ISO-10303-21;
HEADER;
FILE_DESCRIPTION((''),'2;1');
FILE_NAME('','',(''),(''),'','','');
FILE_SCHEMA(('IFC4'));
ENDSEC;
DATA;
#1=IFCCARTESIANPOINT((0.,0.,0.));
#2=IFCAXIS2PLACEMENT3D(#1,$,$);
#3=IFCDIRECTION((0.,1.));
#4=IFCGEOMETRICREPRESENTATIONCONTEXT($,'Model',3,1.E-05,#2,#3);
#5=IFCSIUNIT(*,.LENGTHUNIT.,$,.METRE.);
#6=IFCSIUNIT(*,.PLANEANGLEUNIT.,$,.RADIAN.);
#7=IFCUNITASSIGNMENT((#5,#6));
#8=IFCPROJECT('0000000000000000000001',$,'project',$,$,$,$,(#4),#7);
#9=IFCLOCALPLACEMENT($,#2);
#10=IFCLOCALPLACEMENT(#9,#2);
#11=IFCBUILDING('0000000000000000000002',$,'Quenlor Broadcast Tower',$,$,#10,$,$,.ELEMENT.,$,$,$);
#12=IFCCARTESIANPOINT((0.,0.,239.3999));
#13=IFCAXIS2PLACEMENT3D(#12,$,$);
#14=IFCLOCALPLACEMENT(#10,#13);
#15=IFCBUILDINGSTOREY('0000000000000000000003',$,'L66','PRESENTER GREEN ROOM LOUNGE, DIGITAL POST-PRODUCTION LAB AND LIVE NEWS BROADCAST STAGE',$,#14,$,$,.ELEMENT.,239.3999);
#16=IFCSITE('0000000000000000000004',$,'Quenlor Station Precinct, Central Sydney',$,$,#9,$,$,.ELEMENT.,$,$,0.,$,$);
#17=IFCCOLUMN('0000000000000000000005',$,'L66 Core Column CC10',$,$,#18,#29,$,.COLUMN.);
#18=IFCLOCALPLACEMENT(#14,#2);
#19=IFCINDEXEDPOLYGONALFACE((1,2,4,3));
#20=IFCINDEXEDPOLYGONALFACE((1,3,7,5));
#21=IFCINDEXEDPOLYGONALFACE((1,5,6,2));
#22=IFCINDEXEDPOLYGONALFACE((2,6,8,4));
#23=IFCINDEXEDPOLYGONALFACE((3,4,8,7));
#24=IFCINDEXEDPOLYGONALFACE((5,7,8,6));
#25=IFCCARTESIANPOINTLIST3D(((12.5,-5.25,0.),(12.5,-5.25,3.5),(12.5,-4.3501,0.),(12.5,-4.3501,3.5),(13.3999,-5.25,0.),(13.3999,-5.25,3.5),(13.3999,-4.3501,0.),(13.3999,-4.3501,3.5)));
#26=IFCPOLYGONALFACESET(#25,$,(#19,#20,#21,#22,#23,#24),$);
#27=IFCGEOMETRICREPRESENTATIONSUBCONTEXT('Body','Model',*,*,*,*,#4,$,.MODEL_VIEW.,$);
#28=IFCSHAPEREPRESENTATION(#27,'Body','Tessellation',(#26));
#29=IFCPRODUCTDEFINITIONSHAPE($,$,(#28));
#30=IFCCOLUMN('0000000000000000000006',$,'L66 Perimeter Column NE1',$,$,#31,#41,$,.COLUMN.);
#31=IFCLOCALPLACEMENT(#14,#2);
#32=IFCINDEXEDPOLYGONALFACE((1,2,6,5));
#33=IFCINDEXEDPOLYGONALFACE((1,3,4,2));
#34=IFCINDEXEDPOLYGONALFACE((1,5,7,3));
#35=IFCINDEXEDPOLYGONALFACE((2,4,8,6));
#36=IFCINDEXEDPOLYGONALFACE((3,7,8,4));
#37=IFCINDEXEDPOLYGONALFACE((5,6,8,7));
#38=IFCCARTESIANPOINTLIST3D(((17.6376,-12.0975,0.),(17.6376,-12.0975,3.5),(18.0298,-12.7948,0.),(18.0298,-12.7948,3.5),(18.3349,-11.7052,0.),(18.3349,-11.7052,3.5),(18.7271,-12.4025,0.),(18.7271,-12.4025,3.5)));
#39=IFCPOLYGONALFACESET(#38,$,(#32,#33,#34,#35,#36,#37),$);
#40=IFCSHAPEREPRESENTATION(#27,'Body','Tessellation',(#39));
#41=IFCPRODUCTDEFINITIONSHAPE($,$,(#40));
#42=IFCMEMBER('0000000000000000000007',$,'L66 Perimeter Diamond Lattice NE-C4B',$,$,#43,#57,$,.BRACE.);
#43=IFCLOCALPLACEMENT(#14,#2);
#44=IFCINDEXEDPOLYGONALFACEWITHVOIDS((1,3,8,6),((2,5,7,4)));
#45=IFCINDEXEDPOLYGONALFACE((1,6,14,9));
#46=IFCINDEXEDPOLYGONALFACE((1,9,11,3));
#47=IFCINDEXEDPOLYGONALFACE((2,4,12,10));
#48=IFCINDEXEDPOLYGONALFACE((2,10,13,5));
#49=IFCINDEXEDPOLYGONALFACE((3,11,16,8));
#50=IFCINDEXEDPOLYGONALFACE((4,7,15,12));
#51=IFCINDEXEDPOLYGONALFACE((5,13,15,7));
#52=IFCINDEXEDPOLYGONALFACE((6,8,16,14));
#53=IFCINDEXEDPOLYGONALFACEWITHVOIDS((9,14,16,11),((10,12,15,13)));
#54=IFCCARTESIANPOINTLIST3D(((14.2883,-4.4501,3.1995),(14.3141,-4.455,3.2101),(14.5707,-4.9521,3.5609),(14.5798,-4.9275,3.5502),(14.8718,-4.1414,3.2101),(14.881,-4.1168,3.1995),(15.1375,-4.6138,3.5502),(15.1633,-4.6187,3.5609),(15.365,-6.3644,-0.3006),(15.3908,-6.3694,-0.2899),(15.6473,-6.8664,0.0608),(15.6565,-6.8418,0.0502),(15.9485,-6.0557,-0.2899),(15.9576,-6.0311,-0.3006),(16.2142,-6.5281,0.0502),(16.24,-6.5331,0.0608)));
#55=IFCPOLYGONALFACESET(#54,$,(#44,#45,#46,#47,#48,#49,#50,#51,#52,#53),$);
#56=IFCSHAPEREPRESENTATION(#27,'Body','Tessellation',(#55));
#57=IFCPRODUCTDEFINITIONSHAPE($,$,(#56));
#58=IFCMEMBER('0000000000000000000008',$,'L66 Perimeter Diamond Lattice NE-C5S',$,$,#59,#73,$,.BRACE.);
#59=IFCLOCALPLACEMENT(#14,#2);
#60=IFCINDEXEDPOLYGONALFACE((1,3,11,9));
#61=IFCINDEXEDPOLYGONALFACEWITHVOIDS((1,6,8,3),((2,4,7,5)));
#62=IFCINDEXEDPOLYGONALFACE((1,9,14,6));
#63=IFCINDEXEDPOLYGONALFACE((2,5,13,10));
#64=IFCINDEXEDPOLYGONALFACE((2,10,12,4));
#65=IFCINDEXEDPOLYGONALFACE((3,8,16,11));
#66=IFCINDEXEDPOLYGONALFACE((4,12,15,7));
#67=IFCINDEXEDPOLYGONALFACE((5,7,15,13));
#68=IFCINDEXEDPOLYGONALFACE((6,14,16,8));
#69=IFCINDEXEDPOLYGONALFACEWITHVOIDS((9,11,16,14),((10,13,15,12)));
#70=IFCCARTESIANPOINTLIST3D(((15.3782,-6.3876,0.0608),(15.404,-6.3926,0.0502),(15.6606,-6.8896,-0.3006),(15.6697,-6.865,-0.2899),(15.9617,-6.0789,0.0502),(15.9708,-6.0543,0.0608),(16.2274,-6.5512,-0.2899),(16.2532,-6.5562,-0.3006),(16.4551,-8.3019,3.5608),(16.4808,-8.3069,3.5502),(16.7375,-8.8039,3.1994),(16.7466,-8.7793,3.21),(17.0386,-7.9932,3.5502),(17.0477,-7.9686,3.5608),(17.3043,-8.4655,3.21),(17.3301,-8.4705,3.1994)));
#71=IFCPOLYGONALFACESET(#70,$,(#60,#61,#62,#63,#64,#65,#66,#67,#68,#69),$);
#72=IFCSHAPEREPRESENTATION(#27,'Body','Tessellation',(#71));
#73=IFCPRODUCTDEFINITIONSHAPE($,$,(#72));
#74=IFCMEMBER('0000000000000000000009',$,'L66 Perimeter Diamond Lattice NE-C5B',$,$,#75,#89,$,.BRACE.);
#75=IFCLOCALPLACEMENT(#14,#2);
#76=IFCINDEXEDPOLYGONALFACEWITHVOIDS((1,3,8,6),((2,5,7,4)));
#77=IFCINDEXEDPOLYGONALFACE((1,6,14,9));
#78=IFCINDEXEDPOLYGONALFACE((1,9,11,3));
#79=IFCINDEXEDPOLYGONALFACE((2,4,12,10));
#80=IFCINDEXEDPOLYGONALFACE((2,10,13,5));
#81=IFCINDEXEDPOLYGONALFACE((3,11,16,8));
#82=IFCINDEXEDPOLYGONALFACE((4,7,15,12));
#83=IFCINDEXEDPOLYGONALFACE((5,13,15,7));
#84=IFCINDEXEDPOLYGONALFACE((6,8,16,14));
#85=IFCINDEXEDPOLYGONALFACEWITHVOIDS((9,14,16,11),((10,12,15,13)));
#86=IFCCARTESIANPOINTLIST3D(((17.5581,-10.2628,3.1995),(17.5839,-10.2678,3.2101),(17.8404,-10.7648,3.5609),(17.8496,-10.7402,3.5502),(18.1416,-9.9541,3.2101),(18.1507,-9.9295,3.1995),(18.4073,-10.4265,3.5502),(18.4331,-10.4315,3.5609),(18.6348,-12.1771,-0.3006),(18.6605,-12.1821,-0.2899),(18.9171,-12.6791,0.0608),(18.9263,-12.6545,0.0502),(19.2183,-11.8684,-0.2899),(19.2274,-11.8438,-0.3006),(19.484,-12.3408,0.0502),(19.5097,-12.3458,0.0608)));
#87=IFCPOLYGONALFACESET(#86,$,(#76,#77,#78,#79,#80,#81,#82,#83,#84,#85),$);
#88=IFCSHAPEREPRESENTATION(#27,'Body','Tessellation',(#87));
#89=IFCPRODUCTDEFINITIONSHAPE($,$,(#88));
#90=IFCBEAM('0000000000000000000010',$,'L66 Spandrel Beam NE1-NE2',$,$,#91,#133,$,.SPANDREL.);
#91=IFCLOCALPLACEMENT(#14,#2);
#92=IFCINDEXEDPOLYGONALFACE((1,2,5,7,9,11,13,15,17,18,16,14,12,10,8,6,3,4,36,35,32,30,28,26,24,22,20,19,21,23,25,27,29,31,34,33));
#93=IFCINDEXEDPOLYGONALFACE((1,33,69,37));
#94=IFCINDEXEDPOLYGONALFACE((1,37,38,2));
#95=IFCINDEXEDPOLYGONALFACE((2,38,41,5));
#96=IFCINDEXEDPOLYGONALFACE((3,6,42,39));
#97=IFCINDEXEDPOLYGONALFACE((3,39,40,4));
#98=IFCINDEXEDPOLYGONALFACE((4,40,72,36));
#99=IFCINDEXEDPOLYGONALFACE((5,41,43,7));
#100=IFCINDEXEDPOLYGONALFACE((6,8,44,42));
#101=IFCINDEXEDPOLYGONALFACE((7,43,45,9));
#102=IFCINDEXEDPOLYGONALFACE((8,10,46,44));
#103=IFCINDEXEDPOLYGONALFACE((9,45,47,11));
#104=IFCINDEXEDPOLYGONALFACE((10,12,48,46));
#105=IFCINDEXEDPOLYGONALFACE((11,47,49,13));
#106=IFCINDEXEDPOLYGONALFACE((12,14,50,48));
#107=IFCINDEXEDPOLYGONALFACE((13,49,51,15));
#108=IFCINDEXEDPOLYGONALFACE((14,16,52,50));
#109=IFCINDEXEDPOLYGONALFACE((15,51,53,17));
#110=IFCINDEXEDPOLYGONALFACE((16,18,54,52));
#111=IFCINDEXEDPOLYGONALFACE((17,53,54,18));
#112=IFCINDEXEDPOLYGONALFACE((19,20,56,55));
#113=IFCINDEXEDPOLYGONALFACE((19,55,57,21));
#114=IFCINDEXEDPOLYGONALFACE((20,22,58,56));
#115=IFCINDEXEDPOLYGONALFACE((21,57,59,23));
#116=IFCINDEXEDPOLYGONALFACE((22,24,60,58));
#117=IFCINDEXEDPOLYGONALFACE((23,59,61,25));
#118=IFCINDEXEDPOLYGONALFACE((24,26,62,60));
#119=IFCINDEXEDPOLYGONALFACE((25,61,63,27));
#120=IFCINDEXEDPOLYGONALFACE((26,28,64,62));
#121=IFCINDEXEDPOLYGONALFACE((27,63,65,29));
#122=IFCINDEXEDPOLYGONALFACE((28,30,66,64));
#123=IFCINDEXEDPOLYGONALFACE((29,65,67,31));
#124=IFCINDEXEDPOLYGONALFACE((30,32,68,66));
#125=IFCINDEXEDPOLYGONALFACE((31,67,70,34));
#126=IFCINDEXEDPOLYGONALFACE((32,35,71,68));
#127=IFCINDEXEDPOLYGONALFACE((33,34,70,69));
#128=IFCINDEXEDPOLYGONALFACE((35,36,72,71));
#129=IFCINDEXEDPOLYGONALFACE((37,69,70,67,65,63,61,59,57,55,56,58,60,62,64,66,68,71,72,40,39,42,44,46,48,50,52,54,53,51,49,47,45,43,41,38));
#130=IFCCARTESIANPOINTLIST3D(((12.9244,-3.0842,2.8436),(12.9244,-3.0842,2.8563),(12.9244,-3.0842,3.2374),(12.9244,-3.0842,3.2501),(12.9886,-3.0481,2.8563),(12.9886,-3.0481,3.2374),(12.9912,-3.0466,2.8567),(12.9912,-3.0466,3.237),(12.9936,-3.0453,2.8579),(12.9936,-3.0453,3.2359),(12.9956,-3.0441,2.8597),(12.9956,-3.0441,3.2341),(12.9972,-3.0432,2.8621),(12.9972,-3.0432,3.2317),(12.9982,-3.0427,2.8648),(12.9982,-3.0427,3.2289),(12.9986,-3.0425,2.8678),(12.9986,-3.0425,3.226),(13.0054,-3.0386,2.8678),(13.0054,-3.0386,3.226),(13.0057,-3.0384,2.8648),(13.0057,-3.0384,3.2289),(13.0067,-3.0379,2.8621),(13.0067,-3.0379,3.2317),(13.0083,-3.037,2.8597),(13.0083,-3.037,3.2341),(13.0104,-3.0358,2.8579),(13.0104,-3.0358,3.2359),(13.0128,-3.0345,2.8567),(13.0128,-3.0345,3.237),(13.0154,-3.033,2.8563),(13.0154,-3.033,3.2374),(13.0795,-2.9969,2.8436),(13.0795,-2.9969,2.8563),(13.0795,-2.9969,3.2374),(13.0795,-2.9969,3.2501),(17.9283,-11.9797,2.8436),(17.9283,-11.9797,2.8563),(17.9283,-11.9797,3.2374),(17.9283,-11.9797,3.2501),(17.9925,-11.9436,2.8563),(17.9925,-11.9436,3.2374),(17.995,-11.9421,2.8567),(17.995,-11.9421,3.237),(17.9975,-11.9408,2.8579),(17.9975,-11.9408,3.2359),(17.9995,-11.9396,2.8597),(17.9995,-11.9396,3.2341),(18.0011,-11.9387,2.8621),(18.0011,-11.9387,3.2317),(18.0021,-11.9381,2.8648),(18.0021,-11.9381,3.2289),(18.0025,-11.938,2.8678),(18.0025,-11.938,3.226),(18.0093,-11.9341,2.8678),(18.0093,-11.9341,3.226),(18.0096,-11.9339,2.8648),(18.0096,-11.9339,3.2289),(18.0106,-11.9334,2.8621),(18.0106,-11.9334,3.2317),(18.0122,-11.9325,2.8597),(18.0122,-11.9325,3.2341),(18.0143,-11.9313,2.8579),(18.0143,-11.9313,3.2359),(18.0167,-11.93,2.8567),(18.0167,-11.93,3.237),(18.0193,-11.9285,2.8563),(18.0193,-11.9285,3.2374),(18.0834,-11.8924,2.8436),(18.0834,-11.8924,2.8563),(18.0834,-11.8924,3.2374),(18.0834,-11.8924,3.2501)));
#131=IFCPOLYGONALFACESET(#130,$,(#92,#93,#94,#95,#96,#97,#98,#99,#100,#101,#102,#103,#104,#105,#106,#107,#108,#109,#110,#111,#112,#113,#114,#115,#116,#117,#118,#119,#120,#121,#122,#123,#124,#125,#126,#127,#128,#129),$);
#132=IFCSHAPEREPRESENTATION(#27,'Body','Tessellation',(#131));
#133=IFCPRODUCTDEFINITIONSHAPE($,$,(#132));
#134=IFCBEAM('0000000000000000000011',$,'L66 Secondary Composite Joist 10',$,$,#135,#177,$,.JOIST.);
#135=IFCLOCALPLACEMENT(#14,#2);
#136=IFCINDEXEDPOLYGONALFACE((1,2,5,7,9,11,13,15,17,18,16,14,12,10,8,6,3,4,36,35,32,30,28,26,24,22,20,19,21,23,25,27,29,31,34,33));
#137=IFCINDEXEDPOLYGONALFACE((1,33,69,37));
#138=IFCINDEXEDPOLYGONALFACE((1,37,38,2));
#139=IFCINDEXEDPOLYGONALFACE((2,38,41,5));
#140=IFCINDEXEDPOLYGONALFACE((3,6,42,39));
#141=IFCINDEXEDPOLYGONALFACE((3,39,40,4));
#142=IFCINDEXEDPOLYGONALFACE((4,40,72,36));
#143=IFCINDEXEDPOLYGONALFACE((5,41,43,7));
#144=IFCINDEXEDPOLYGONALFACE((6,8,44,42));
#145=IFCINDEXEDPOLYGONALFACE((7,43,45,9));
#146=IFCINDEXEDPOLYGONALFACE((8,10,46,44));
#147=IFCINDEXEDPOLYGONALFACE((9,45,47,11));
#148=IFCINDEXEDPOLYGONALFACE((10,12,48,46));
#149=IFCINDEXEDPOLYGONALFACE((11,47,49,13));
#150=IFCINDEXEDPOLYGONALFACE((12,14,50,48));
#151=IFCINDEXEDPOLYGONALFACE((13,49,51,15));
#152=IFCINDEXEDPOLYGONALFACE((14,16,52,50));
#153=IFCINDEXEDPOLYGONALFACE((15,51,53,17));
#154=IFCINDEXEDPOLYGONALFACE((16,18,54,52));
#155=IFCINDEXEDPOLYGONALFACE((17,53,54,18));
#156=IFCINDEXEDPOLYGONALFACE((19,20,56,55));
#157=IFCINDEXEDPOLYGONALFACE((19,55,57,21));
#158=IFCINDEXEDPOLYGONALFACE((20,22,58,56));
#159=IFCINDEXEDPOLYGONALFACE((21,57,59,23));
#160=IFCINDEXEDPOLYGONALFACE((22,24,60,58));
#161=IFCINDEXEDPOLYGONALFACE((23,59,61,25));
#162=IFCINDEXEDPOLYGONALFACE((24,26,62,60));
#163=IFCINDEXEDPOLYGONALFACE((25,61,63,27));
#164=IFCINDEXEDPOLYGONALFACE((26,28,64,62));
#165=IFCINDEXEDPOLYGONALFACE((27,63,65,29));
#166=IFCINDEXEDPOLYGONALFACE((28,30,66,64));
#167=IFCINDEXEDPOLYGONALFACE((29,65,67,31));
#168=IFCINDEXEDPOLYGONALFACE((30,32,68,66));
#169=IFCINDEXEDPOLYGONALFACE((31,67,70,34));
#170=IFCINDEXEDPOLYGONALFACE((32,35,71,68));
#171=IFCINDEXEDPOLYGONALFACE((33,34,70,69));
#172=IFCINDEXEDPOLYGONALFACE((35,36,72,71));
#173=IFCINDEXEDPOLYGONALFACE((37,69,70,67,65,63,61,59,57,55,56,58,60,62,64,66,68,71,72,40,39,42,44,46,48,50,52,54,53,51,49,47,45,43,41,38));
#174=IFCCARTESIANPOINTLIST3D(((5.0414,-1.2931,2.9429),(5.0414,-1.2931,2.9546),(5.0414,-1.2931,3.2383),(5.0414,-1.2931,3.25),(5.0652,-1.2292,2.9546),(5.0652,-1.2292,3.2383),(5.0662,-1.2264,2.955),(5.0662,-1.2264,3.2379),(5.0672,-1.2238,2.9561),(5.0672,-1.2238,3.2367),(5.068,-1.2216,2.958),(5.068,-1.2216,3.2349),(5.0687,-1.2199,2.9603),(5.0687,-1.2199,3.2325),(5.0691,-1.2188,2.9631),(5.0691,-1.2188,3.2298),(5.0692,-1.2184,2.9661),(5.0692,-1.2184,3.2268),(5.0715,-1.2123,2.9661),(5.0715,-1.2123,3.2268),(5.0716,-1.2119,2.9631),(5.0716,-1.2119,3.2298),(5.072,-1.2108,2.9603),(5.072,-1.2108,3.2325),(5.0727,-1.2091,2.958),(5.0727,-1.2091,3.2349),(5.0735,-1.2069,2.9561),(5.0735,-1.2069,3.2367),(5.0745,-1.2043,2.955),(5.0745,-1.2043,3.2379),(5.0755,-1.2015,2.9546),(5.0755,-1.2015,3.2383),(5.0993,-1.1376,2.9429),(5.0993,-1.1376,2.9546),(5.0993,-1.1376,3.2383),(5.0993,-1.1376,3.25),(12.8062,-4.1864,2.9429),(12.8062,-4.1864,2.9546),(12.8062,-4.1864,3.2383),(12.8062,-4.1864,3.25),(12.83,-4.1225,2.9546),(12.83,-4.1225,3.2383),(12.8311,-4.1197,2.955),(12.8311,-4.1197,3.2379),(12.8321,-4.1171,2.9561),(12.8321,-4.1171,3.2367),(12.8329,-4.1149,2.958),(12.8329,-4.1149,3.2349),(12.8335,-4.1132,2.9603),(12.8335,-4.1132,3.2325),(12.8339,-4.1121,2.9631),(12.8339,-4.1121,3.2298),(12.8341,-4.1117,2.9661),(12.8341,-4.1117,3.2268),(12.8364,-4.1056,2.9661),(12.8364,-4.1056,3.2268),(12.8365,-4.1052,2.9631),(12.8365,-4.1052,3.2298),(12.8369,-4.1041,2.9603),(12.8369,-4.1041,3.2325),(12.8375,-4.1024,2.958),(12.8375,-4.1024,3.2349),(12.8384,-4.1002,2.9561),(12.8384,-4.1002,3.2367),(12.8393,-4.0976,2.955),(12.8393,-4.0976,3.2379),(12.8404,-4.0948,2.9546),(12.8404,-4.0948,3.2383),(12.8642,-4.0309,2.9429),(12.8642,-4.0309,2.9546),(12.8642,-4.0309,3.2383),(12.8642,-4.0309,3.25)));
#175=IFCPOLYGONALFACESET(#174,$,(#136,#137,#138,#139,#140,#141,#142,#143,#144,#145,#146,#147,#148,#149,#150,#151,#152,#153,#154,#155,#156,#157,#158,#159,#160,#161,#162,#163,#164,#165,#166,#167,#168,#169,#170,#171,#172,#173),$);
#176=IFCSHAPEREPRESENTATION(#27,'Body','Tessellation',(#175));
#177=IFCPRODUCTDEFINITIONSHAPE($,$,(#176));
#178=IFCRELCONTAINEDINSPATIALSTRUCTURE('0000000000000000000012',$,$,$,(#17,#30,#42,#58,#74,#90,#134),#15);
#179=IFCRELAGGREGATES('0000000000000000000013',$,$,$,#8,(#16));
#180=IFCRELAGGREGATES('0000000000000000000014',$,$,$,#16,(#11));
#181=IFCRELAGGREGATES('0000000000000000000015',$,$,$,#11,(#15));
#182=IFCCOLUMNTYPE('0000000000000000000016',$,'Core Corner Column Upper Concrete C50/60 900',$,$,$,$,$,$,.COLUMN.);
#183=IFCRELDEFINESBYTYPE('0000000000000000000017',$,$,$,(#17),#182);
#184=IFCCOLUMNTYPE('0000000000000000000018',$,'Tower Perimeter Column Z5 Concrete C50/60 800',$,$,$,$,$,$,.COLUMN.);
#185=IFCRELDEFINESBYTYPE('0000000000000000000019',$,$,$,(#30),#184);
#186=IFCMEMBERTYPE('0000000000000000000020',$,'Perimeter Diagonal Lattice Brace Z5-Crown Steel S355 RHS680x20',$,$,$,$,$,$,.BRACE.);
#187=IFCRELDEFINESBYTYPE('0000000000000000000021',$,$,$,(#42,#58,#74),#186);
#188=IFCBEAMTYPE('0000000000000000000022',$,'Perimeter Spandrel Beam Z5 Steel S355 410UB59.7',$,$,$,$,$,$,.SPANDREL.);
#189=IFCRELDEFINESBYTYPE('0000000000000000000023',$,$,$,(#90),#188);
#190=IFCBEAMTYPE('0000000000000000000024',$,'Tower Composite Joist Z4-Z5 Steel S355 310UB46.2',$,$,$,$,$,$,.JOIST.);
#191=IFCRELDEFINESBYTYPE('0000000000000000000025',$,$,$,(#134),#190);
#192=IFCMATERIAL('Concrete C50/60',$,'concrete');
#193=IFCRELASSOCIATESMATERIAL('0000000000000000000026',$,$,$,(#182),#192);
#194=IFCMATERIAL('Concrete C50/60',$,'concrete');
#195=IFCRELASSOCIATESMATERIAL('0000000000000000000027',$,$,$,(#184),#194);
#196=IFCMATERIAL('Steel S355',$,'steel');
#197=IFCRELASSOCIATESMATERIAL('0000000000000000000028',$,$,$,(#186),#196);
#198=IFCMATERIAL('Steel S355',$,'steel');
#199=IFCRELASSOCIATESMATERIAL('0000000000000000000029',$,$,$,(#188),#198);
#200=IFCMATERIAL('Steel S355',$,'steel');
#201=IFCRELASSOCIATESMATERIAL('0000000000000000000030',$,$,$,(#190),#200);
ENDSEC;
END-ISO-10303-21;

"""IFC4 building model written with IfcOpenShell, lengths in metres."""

from ifc_helpers import new_model, si_unit, direction, frame, origin, origin_2d, place, context, subcontext, project, spatial, rectangle, hollow_rectangle, i_section, extrude, material, material_profile, profile_set, type_object, element, save


model = new_model("IFC4")

# Units and contexts
model_context = context("Model", 3, precision=1e-05, world=origin(), true_north=direction((0.0, 1.0)))
body_context = subcontext(model_context, "Body", "Model", "MODEL_VIEW")
ifc_project = project(units=[si_unit("LENGTHUNIT", "METRE"), si_unit("PLANEANGLEUNIT", "RADIAN")], contexts=[model_context])

# Site, building, storey
site_placement = place(None, origin())
site = spatial("IfcSite", under=ifc_project, at=site_placement, Name="Quenlor Station Precinct, Central Sydney", CompositionType="ELEMENT", RefElevation=0.0)
building_placement = place(site_placement, origin())
building = spatial("IfcBuilding", under=site, at=building_placement, Name="Quenlor Broadcast Tower", CompositionType="ELEMENT")
storey_placement = place(building_placement, frame((0.0, 0.0, 239.3999)))
storey = spatial("IfcBuildingStorey", under=building, at=storey_placement, Name="L66", Description="PRESENTER GREEN ROOM LOUNGE, DIGITAL POST-PRODUCTION LAB AND LIVE NEWS BROADCAST STAGE", CompositionType="ELEMENT", Elevation=239.3999)

# Columns
ifc_material_1 = material(Name="Concrete C50/60", Category="concrete")
ifc_material_profile_1 = material_profile(ifc_material_1, rectangle(XDim=0.8999, YDim=0.8999, at=origin_2d()))
ifc_profile_set_1 = profile_set([ifc_material_profile_1], Name="Concrete C50/60 RC900x900")
column_type_1 = type_object("IfcColumnType", Name="Core Corner Column Upper Concrete C50/60 900", PredefinedType="COLUMN", material=ifc_profile_set_1)
column_1_placement = place(storey_placement, frame((12.95, -4.8, 0.0), z_axis=(0.0, 0.0, 1.0), x_axis=(1.0, 0.0, 0.0)))
element("IfcColumn", 1, at=column_1_placement, inside=storey, type_object=column_type_1, Name="L66 Core Column CC10", PredefinedType="COLUMN", context=body_context, shape_type="SweptSolid", body=[
    extrude(rectangle(XDim=0.8999, YDim=0.8999, at=origin_2d()), origin(), (0.0, 0.0, 1.0), 3.5),
])
ifc_material_2 = material(Name="Concrete C50/60", Category="concrete")
ifc_material_profile_2 = material_profile(ifc_material_2, rectangle(XDim=0.8, YDim=0.8, at=origin_2d()))
ifc_profile_set_2 = profile_set([ifc_material_profile_2], Name="Concrete C50/60 RC800x800")
column_type_2 = type_object("IfcColumnType", Name="Tower Perimeter Column Z5 Concrete C50/60 800", PredefinedType="COLUMN", material=ifc_profile_set_2)
column_2_placement = place(storey_placement, frame((18.1824, -12.25, 0.0), z_axis=(0.0, 0.0, 1.0), x_axis=(0.871575, 0.490262, 0.0)))
element("IfcColumn", 2, at=column_2_placement, inside=storey, type_object=column_type_2, Name="L66 Perimeter Column NE1", PredefinedType="COLUMN", context=body_context, shape_type="SweptSolid", body=[
    extrude(rectangle(XDim=0.8, YDim=0.8, at=origin_2d()), origin(), (0.0, 0.0, 1.0), 3.5),
])

# Members
ifc_material_3 = material(Name="Steel S355", Category="steel")
ifc_material_profile_3 = material_profile(ifc_material_3, hollow_rectangle(XDim=0.6799, YDim=0.6799, WallThickness=0.02, at=origin_2d()))
ifc_profile_set_3 = profile_set([ifc_material_profile_3], Name="Steel S355 RHS680x680x20")
member_type = type_object("IfcMemberType", Name="Perimeter Diagonal Lattice Brace Z5-Crown Steel S355 RHS680x20", PredefinedType="BRACE", material=ifc_profile_set_3)
for number, where, z_axis, x_axis, name in (
    (3, (15.8025, -6.4487, -0.1199), (-0.260564, 0.463283, 0.847039), (-0.871602, -0.490214, 0.0), "L66 Perimeter Diamond Lattice NE-C4B"),
    (4, (15.8157, -6.4719, -0.1199), (0.260619, -0.463276, 0.847026), (0.871555, 0.490298, 0.0), "L66 Perimeter Diamond Lattice NE-C5S"),
    (5, (19.0723, -12.2615, -0.1199), (-0.260564, 0.463283, 0.847039), (-0.871602, -0.490214, 0.0), "L66 Perimeter Diamond Lattice NE-C5B"),
):
    element("IfcMember", number, at=place(storey_placement, frame(where, z_axis=z_axis, x_axis=x_axis)), inside=storey, type_object=member_type, Name=name, PredefinedType="BRACE", context=body_context, shape_type="SweptSolid", body=[
        extrude(hollow_rectangle(XDim=0.6799, YDim=0.6799, WallThickness=0.02, at=origin_2d()), origin(), (0.0, 0.0, 1.0), 4.1321),
    ])

# Beams
ifc_material_4 = material(Name="Steel S355", Category="steel")
ifc_material_profile_4 = material_profile(ifc_material_4, i_section(OverallWidth=0.178, OverallDepth=0.4065, WebThickness=0.0078, FlangeThickness=0.0127, FilletRadius=0.0115, at=origin_2d()))
ifc_profile_set_4 = profile_set([ifc_material_profile_4], Name="Steel S355 410UB59.7")
beam_type_1 = type_object("IfcBeamType", Name="Perimeter Spandrel Beam Z5 Steel S355 410UB59.7", PredefinedType="SPANDREL", material=ifc_profile_set_4)
beam_1_placement = place(storey_placement, frame((18.0059, -11.936, 3.0469), z_axis=(-0.490275, 0.871568, 0.0), x_axis=(-0.871568, -0.490275, 0.0)))
element("IfcBeam", 6, at=beam_1_placement, inside=storey, type_object=beam_type_1, Name="L66 Spandrel Beam NE1-NE2", PredefinedType="SPANDREL", context=body_context, shape_type="SweptSolid", body=[
    extrude(i_section(OverallWidth=0.178, OverallDepth=0.4065, WebThickness=0.0078, FlangeThickness=0.0127, FilletRadius=0.0115, at=origin_2d()), origin(), (0.0, 0.0, 1.0), 10.2063),
])
ifc_material_5 = material(Name="Steel S355", Category="steel")
ifc_material_profile_5 = material_profile(ifc_material_5, i_section(OverallWidth=0.166, OverallDepth=0.3071, WebThickness=0.0066, FlangeThickness=0.0117, FilletRadius=0.0115, at=origin_2d()))
ifc_profile_set_5 = profile_set([ifc_material_profile_5], Name="Steel S355 310UB46.2")
beam_type_2 = type_object("IfcBeamType", Name="Tower Composite Joist Z4-Z5 Steel S355 310UB46.2", PredefinedType="JOIST", material=ifc_profile_set_5)
beam_2_placement = place(storey_placement, frame((12.8352, -4.1086, 3.0964), z_axis=(-0.937062, 0.349163, 0.0), x_axis=(-0.349163, -0.937062, 0.0)))
element("IfcBeam", 7, at=beam_2_placement, inside=storey, type_object=beam_type_2, Name="L66 Secondary Composite Joist 10", PredefinedType="JOIST", context=body_context, shape_type="SweptSolid", body=[
    extrude(i_section(OverallWidth=0.166, OverallDepth=0.3071, WebThickness=0.0066, FlangeThickness=0.0117, FilletRadius=0.0115, at=origin_2d()), origin(), (0.0, 0.0, 1.0), 8.2864),
])

save(model, "model.ifc")
